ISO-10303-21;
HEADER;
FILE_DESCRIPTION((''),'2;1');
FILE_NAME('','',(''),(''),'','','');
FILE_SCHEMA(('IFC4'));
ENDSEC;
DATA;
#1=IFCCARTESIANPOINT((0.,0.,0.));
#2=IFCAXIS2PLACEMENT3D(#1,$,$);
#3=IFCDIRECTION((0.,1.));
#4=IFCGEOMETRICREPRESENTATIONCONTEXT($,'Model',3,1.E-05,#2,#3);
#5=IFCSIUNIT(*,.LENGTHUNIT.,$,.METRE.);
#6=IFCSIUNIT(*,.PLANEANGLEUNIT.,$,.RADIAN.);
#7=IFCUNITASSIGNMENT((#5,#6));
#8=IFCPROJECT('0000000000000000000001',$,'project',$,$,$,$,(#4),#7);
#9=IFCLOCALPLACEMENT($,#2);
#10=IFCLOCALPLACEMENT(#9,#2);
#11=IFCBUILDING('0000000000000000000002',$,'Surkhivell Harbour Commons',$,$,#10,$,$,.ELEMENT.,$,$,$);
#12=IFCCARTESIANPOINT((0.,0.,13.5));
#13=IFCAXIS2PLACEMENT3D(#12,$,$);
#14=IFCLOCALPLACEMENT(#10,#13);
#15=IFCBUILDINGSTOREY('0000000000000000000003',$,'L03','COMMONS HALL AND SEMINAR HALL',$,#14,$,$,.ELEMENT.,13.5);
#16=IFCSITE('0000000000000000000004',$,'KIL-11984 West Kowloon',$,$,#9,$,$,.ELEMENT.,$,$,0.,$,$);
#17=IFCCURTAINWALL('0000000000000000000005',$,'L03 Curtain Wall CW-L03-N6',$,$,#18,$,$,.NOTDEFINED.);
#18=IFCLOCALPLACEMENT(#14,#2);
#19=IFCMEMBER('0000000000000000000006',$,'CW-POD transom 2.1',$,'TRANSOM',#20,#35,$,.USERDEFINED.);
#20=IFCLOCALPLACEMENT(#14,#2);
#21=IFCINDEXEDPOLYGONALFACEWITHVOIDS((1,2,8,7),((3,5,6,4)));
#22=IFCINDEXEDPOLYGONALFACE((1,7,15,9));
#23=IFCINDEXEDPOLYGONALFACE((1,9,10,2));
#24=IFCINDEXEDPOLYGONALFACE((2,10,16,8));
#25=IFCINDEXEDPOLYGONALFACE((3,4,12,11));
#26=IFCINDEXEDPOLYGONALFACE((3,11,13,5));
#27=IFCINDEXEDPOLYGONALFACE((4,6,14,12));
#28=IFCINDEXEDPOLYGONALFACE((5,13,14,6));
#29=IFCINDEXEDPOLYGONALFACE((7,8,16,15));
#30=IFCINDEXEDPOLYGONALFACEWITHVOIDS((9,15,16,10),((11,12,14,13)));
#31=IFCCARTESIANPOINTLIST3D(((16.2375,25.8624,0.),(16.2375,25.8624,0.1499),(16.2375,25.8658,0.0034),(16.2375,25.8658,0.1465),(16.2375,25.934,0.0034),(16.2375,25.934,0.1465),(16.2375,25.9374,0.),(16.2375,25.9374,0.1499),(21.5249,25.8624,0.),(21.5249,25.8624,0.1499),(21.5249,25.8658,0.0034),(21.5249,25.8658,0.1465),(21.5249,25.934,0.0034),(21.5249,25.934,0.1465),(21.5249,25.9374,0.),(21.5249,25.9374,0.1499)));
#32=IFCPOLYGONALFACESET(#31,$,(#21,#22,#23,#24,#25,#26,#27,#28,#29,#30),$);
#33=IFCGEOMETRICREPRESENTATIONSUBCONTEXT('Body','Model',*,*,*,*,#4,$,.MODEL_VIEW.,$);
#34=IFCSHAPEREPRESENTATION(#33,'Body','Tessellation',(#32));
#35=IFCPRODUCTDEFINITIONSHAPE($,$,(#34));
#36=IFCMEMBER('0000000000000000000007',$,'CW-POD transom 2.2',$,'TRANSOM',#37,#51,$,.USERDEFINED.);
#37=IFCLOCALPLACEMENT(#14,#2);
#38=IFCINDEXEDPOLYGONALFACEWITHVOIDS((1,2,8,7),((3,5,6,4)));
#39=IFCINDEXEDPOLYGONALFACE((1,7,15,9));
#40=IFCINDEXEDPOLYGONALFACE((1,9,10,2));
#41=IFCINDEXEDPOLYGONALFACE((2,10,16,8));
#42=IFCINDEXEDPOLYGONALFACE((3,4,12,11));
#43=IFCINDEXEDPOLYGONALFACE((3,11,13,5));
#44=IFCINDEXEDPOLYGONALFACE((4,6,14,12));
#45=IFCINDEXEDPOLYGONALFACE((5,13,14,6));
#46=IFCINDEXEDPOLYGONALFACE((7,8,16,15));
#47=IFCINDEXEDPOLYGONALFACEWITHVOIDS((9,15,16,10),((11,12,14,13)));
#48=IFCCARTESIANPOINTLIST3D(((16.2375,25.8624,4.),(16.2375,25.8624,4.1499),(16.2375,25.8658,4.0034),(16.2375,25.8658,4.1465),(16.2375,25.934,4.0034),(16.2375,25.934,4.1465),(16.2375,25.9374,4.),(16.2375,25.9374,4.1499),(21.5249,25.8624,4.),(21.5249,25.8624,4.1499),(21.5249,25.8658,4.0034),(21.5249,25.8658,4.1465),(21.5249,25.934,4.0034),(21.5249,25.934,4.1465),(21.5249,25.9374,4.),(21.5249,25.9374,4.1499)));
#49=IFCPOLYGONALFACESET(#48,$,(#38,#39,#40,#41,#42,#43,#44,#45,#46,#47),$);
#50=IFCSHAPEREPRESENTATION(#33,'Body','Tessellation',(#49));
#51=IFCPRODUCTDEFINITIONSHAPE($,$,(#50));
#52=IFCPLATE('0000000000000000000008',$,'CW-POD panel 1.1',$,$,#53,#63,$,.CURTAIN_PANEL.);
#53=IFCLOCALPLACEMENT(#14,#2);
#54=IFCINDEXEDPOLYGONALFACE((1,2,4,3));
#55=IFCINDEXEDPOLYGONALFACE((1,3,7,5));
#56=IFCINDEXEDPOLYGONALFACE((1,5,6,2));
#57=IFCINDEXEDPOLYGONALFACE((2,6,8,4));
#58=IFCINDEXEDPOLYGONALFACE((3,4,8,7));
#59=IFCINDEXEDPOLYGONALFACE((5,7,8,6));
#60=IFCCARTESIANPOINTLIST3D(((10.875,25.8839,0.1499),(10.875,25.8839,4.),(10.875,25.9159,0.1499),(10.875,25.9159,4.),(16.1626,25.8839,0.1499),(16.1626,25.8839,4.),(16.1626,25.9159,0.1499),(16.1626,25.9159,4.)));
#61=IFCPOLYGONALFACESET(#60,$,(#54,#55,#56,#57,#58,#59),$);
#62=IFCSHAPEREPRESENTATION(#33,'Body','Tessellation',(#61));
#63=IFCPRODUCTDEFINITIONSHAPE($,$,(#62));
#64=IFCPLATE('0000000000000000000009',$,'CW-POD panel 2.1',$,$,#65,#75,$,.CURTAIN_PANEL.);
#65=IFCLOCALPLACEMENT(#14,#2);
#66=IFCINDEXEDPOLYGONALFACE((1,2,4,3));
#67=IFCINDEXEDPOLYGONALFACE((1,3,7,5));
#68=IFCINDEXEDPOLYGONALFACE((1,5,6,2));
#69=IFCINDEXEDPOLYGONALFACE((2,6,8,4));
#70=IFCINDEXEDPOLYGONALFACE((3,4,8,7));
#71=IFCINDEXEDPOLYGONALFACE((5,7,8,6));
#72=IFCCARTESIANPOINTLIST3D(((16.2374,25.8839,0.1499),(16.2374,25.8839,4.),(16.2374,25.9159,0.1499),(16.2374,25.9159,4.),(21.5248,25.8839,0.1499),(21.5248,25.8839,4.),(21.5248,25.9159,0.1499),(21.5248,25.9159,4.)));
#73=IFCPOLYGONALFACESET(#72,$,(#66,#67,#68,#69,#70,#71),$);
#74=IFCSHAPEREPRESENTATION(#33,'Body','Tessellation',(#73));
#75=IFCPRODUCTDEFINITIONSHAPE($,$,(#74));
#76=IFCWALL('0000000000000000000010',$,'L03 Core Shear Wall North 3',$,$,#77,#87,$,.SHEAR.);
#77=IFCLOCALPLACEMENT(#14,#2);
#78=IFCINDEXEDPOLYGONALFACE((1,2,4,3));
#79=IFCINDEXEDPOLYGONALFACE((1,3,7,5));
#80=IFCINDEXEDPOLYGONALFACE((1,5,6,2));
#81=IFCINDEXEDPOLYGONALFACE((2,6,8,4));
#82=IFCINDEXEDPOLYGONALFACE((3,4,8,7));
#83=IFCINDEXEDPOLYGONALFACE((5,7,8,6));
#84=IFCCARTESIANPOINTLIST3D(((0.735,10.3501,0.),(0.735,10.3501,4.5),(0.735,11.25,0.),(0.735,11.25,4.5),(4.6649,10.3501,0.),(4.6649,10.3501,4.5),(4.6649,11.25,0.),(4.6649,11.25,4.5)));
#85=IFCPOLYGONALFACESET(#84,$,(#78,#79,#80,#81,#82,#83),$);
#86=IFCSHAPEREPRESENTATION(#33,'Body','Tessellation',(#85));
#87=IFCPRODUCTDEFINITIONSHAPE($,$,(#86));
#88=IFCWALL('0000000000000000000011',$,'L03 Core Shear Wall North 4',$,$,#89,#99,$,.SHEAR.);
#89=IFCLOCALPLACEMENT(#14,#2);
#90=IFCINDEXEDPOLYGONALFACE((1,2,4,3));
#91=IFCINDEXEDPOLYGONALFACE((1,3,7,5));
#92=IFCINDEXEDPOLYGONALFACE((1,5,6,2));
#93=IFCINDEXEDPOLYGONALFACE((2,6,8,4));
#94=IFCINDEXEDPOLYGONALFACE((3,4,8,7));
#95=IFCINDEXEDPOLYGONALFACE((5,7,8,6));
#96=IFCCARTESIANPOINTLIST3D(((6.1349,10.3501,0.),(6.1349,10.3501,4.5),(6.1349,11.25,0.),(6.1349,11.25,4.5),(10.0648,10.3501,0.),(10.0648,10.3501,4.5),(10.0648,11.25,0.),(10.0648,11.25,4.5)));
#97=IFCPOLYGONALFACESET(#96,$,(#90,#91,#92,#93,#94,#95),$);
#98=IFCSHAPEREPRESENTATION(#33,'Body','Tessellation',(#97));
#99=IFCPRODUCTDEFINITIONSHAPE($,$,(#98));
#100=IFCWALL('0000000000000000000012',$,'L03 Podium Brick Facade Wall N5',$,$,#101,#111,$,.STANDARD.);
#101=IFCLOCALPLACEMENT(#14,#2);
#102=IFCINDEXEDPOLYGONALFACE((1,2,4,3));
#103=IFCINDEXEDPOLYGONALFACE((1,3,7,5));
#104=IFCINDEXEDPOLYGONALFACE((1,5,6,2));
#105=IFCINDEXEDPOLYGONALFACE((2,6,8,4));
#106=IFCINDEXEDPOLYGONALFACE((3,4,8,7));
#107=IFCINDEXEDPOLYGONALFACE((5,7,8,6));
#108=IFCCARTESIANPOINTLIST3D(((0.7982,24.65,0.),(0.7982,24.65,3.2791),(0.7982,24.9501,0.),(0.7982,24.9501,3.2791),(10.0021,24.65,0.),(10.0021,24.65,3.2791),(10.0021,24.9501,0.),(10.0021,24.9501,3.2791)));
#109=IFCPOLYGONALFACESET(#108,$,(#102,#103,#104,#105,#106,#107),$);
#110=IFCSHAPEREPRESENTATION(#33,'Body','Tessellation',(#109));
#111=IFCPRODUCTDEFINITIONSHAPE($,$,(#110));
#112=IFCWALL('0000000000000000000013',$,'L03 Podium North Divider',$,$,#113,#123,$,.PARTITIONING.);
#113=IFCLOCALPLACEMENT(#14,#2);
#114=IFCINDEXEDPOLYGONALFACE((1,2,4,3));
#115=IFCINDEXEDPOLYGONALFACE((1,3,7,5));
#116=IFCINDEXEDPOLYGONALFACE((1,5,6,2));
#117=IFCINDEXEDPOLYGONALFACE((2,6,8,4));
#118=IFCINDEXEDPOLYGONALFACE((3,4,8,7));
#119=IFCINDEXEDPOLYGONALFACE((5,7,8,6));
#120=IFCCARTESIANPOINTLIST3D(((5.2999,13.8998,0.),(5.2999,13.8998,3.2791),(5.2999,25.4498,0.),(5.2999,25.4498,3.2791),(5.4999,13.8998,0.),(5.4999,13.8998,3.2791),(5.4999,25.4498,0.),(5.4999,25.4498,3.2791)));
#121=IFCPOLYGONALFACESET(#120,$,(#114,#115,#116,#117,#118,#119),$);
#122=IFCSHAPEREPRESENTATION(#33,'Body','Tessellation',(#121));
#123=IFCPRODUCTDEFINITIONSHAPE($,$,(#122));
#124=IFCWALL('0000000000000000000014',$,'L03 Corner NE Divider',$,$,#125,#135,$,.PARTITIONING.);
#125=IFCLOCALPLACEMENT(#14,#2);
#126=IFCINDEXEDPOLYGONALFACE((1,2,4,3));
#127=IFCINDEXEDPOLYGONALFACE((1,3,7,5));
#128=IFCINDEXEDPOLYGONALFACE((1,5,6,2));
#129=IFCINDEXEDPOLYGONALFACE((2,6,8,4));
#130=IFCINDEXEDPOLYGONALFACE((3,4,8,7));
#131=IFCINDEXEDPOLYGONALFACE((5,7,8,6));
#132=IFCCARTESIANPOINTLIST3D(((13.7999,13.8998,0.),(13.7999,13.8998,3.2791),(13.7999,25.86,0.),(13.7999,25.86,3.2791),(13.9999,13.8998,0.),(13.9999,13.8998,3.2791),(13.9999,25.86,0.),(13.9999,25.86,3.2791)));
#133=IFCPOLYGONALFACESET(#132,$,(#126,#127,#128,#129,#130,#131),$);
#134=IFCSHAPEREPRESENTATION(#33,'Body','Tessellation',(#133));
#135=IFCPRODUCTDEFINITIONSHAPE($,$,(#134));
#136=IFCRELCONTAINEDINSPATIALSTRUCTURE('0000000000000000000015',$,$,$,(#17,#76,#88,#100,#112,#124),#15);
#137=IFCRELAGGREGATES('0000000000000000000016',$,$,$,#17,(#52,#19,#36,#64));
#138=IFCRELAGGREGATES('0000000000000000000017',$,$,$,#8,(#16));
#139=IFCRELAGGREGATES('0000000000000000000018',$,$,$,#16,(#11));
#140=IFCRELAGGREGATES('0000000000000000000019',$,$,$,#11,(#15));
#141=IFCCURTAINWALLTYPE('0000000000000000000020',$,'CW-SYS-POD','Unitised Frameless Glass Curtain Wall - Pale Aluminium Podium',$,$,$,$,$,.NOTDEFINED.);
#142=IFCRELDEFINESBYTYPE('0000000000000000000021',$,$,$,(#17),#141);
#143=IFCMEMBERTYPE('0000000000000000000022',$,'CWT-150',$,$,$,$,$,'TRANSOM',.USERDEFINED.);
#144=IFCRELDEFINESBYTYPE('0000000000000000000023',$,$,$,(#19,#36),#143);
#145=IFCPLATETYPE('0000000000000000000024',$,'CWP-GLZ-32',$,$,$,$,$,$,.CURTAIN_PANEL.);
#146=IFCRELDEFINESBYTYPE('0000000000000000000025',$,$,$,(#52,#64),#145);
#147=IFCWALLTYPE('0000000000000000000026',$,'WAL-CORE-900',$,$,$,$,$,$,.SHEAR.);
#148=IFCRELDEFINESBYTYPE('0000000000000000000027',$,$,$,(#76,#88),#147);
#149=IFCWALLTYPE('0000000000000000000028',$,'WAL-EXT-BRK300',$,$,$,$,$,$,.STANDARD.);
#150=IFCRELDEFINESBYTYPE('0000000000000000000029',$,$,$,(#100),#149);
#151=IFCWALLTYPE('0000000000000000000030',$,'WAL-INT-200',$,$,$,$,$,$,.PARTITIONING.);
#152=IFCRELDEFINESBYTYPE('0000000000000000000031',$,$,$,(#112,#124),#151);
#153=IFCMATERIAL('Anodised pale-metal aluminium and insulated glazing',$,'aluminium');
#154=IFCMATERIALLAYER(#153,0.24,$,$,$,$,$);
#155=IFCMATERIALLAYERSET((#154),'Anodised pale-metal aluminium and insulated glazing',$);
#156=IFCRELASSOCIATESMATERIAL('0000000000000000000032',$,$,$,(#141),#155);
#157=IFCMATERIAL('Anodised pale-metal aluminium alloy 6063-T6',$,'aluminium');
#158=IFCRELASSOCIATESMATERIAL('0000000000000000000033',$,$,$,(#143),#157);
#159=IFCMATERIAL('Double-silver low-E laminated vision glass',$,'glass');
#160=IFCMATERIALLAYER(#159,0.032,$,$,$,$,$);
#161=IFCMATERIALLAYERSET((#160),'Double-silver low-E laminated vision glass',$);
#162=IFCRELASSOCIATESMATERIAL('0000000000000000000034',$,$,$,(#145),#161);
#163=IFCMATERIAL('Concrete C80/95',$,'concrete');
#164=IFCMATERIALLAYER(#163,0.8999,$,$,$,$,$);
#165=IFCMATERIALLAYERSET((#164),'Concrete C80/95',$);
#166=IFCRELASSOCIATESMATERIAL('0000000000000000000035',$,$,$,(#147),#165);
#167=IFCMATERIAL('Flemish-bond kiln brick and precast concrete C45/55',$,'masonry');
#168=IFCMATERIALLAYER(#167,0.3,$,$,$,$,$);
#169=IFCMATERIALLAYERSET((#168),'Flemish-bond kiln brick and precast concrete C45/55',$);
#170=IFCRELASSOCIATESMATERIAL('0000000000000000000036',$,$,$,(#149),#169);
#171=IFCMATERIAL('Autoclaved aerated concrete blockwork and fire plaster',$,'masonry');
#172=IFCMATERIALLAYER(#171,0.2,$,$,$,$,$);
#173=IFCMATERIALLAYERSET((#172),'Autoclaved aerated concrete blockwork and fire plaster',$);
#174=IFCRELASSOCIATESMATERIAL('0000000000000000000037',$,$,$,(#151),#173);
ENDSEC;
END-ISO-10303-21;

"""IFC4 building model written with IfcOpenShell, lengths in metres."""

from ifc_helpers import new_model, si_unit, direction, frame, frame_2d, origin, origin_2d, place, context, subcontext, project, spatial, rectangle, hollow_rectangle, extrude, material, layer, layer_set, material_profile, profile_set, type_object, element, aggregate, save


model = new_model("IFC4")

# Units and contexts
model_context = context("Model", 3, precision=1e-05, world=origin(), true_north=direction((0.0, 1.0)))
body_context = subcontext(model_context, "Body", "Model", "MODEL_VIEW")
ifc_project = project(units=[si_unit("LENGTHUNIT", "METRE"), si_unit("PLANEANGLEUNIT", "RADIAN")], contexts=[model_context])

# Site, building, storey
site_placement = place(None, origin())
site = spatial("IfcSite", under=ifc_project, at=site_placement, Name="KIL-11984 West Kowloon", CompositionType="ELEMENT", RefElevation=0.0)
building_placement = place(site_placement, origin())
building = spatial("IfcBuilding", under=site, at=building_placement, Name="Surkhivell Harbour Commons", CompositionType="ELEMENT")
storey_placement = place(building_placement, frame((0.0, 0.0, 13.5)))
storey = spatial("IfcBuildingStorey", under=building, at=storey_placement, Name="L03", Description="COMMONS HALL AND SEMINAR HALL", CompositionType="ELEMENT", Elevation=13.5)

# Shared definitions
ifc_material_1 = material(Name="Concrete C80/95", Category="concrete")

# Curtain wall, members, plates
ifc_material_2 = material(Name="Anodised pale-metal aluminium and insulated glazing", Category="aluminium")
ifc_layer_1 = layer(ifc_material_2, 0.24)
ifc_layer_set_1 = layer_set([ifc_layer_1], Name="Anodised pale-metal aluminium and insulated glazing")
curtain_wall_type = type_object("IfcCurtainWallType", Name="CW-SYS-POD", Description="Unitised Frameless Glass Curtain Wall - Pale Aluminium Podium", PredefinedType="NOTDEFINED", material=ifc_layer_set_1)
curtain_wall_placement = place(storey_placement, origin())
curtain_wall = element("IfcCurtainWall", 1, at=curtain_wall_placement, inside=storey, type_object=curtain_wall_type, Name="L03 Curtain Wall CW-L03-N6", PredefinedType="NOTDEFINED")
ifc_material_3 = material(Name="Anodised pale-metal aluminium alloy 6063-T6", Category="aluminium")
ifc_material_profile_1 = material_profile(ifc_material_3, hollow_rectangle(XDim=0.075, YDim=0.1499, WallThickness=0.0034, at=origin_2d()), Name="ALU-TRAN-75x150")
ifc_profile_set_1 = profile_set([ifc_material_profile_1], Name="Anodised pale-metal aluminium alloy 6063-T6")
member_type_1 = type_object("IfcMemberType", Name="CWT-150", ElementType="TRANSOM", PredefinedType="USERDEFINED", material=ifc_profile_set_1)
member_1_placement = place(storey_placement, frame((16.2375, 25.8999, 0.075), z_axis=(1.0, 0.0, 0.0), x_axis=(0.0, 1.0, 0.0)))
member_1 = element("IfcMember", 2, at=member_1_placement, type_object=member_type_1, Name="CW-POD transom 2.1", ObjectType="TRANSOM", PredefinedType="USERDEFINED", context=body_context, shape_type="SweptSolid", body=[
    extrude(hollow_rectangle(XDim=0.075, YDim=0.1499, WallThickness=0.0034, at=origin_2d()), origin(), (0.0, 0.0, 1.0), 5.2874),
])
member_2_placement = place(storey_placement, frame((16.2375, 25.8999, 4.075), z_axis=(1.0, 0.0, 0.0), x_axis=(0.0, 1.0, 0.0)))
member_2 = element("IfcMember", 3, at=member_2_placement, type_object=member_type_1, Name="CW-POD transom 2.2", ObjectType="TRANSOM", PredefinedType="USERDEFINED", context=body_context, shape_type="SweptSolid", body=[
    extrude(hollow_rectangle(XDim=0.075, YDim=0.1499, WallThickness=0.0034, at=origin_2d()), origin(), (0.0, 0.0, 1.0), 5.2874),
])
ifc_material_4 = material(Name="Double-silver low-E laminated vision glass", Category="glass")
ifc_layer_2 = layer(ifc_material_4, 0.032)
ifc_layer_set_2 = layer_set([ifc_layer_2], Name="Double-silver low-E laminated vision glass")
plate_type = type_object("IfcPlateType", Name="CWP-GLZ-32", PredefinedType="CURTAIN_PANEL", material=ifc_layer_set_2)
plate_1_placement = place(storey_placement, frame((10.875, 25.8999, 0.1499), z_axis=(0.0, 0.0, 1.0), x_axis=(1.0, 0.0, 0.0)))
plate_1 = element("IfcPlate", 4, at=plate_1_placement, type_object=plate_type, Name="CW-POD panel 1.1", PredefinedType="CURTAIN_PANEL", context=body_context, shape_type="SweptSolid", body=[
    extrude(rectangle(XDim=5.2876, YDim=0.032, at=frame_2d((2.6438, 0.0))), origin(), (0.0, 0.0, 1.0), 3.8501),
])
plate_2_placement = place(storey_placement, frame((16.2375, 25.8999, 0.1499), z_axis=(0.0, 0.0, 1.0), x_axis=(1.0, 0.0, 0.0)))
plate_2 = element("IfcPlate", 5, at=plate_2_placement, type_object=plate_type, Name="CW-POD panel 2.1", PredefinedType="CURTAIN_PANEL", context=body_context, shape_type="SweptSolid", body=[
    extrude(rectangle(XDim=5.2874, YDim=0.032, at=frame_2d((2.6436, 0.0))), origin(), (0.0, 0.0, 1.0), 3.8501),
])
aggregate(curtain_wall, [plate_1, member_1, member_2, plate_2])

# Walls
ifc_layer_3 = layer(ifc_material_1, 0.8999)
ifc_layer_set_3 = layer_set([ifc_layer_3], Name="Concrete C80/95")
wall_type_1 = type_object("IfcWallType", Name="WAL-CORE-900", PredefinedType="SHEAR", material=ifc_layer_set_3)
for number, where, z_axis, x_axis, name in (
    (6, (0.7351, 10.8, 0.0), (0.0, 0.0, 1.0), (1.0, 0.0, 0.0), "L03 Core Shear Wall North 3"),
    (7, (6.135, 10.8, 0.0), (0.0, 0.0, 1.0), (1.0, 0.0, 0.0), "L03 Core Shear Wall North 4"),
):
    element("IfcWall", number, at=place(storey_placement, frame(where, z_axis=z_axis, x_axis=x_axis)), inside=storey, type_object=wall_type_1, Name=name, PredefinedType="SHEAR", context=body_context, shape_type="SweptSolid", body=[
        extrude(rectangle(XDim=3.9299, YDim=0.8999, at=frame_2d((1.9648, 0.0))), origin(), (0.0, 0.0, 1.0), 4.5),
    ])
ifc_material_5 = material(Name="Flemish-bond kiln brick and precast concrete C45/55", Category="masonry")
ifc_layer_4 = layer(ifc_material_5, 0.3)
ifc_layer_set_4 = layer_set([ifc_layer_4], Name="Flemish-bond kiln brick and precast concrete C45/55")
wall_type_2 = type_object("IfcWallType", Name="WAL-EXT-BRK300", PredefinedType="STANDARD", material=ifc_layer_set_4)
wall_1_placement = place(storey_placement, frame((0.7981, 24.8, 0.0), z_axis=(0.0, 0.0, 1.0), x_axis=(1.0, 0.0, 0.0)))
element("IfcWall", 8, at=wall_1_placement, inside=storey, type_object=wall_type_2, Name="L03 Podium Brick Facade Wall N5", PredefinedType="STANDARD", context=body_context, shape_type="SweptSolid", body=[
    extrude(rectangle(XDim=9.2039, YDim=0.3, at=frame_2d((4.6021, 0.0))), origin(), (0.0, 0.0, 1.0), 3.2791),
])
ifc_material_6 = material(Name="Autoclaved aerated concrete blockwork and fire plaster", Category="masonry")
ifc_layer_5 = layer(ifc_material_6, 0.2)
ifc_layer_set_5 = layer_set([ifc_layer_5], Name="Autoclaved aerated concrete blockwork and fire plaster")
wall_type_3 = type_object("IfcWallType", Name="WAL-INT-200", PredefinedType="PARTITIONING", material=ifc_layer_set_5)
wall_2_placement = place(storey_placement, frame((5.3999, 13.8999, 0.0), z_axis=(0.0, 0.0, 1.0), x_axis=(0.0, 1.0, 0.0)))
element("IfcWall", 9, at=wall_2_placement, inside=storey, type_object=wall_type_3, Name="L03 Podium North Divider", PredefinedType="PARTITIONING", context=body_context, shape_type="SweptSolid", body=[
    extrude(rectangle(XDim=11.55, YDim=0.2, at=frame_2d((5.7749, 0.0))), origin(), (0.0, 0.0, 1.0), 3.2791),
])
wall_3_placement = place(storey_placement, frame((13.8999, 13.8999, 0.0), z_axis=(0.0, 0.0, 1.0), x_axis=(0.0, 1.0, 0.0)))
element("IfcWall", 10, at=wall_3_placement, inside=storey, type_object=wall_type_3, Name="L03 Corner NE Divider", PredefinedType="PARTITIONING", context=body_context, shape_type="SweptSolid", body=[
    extrude(rectangle(XDim=11.9602, YDim=0.2, at=frame_2d((5.98, 0.0))), origin(), (0.0, 0.0, 1.0), 3.2791),
])

save(model, "model.ifc")
